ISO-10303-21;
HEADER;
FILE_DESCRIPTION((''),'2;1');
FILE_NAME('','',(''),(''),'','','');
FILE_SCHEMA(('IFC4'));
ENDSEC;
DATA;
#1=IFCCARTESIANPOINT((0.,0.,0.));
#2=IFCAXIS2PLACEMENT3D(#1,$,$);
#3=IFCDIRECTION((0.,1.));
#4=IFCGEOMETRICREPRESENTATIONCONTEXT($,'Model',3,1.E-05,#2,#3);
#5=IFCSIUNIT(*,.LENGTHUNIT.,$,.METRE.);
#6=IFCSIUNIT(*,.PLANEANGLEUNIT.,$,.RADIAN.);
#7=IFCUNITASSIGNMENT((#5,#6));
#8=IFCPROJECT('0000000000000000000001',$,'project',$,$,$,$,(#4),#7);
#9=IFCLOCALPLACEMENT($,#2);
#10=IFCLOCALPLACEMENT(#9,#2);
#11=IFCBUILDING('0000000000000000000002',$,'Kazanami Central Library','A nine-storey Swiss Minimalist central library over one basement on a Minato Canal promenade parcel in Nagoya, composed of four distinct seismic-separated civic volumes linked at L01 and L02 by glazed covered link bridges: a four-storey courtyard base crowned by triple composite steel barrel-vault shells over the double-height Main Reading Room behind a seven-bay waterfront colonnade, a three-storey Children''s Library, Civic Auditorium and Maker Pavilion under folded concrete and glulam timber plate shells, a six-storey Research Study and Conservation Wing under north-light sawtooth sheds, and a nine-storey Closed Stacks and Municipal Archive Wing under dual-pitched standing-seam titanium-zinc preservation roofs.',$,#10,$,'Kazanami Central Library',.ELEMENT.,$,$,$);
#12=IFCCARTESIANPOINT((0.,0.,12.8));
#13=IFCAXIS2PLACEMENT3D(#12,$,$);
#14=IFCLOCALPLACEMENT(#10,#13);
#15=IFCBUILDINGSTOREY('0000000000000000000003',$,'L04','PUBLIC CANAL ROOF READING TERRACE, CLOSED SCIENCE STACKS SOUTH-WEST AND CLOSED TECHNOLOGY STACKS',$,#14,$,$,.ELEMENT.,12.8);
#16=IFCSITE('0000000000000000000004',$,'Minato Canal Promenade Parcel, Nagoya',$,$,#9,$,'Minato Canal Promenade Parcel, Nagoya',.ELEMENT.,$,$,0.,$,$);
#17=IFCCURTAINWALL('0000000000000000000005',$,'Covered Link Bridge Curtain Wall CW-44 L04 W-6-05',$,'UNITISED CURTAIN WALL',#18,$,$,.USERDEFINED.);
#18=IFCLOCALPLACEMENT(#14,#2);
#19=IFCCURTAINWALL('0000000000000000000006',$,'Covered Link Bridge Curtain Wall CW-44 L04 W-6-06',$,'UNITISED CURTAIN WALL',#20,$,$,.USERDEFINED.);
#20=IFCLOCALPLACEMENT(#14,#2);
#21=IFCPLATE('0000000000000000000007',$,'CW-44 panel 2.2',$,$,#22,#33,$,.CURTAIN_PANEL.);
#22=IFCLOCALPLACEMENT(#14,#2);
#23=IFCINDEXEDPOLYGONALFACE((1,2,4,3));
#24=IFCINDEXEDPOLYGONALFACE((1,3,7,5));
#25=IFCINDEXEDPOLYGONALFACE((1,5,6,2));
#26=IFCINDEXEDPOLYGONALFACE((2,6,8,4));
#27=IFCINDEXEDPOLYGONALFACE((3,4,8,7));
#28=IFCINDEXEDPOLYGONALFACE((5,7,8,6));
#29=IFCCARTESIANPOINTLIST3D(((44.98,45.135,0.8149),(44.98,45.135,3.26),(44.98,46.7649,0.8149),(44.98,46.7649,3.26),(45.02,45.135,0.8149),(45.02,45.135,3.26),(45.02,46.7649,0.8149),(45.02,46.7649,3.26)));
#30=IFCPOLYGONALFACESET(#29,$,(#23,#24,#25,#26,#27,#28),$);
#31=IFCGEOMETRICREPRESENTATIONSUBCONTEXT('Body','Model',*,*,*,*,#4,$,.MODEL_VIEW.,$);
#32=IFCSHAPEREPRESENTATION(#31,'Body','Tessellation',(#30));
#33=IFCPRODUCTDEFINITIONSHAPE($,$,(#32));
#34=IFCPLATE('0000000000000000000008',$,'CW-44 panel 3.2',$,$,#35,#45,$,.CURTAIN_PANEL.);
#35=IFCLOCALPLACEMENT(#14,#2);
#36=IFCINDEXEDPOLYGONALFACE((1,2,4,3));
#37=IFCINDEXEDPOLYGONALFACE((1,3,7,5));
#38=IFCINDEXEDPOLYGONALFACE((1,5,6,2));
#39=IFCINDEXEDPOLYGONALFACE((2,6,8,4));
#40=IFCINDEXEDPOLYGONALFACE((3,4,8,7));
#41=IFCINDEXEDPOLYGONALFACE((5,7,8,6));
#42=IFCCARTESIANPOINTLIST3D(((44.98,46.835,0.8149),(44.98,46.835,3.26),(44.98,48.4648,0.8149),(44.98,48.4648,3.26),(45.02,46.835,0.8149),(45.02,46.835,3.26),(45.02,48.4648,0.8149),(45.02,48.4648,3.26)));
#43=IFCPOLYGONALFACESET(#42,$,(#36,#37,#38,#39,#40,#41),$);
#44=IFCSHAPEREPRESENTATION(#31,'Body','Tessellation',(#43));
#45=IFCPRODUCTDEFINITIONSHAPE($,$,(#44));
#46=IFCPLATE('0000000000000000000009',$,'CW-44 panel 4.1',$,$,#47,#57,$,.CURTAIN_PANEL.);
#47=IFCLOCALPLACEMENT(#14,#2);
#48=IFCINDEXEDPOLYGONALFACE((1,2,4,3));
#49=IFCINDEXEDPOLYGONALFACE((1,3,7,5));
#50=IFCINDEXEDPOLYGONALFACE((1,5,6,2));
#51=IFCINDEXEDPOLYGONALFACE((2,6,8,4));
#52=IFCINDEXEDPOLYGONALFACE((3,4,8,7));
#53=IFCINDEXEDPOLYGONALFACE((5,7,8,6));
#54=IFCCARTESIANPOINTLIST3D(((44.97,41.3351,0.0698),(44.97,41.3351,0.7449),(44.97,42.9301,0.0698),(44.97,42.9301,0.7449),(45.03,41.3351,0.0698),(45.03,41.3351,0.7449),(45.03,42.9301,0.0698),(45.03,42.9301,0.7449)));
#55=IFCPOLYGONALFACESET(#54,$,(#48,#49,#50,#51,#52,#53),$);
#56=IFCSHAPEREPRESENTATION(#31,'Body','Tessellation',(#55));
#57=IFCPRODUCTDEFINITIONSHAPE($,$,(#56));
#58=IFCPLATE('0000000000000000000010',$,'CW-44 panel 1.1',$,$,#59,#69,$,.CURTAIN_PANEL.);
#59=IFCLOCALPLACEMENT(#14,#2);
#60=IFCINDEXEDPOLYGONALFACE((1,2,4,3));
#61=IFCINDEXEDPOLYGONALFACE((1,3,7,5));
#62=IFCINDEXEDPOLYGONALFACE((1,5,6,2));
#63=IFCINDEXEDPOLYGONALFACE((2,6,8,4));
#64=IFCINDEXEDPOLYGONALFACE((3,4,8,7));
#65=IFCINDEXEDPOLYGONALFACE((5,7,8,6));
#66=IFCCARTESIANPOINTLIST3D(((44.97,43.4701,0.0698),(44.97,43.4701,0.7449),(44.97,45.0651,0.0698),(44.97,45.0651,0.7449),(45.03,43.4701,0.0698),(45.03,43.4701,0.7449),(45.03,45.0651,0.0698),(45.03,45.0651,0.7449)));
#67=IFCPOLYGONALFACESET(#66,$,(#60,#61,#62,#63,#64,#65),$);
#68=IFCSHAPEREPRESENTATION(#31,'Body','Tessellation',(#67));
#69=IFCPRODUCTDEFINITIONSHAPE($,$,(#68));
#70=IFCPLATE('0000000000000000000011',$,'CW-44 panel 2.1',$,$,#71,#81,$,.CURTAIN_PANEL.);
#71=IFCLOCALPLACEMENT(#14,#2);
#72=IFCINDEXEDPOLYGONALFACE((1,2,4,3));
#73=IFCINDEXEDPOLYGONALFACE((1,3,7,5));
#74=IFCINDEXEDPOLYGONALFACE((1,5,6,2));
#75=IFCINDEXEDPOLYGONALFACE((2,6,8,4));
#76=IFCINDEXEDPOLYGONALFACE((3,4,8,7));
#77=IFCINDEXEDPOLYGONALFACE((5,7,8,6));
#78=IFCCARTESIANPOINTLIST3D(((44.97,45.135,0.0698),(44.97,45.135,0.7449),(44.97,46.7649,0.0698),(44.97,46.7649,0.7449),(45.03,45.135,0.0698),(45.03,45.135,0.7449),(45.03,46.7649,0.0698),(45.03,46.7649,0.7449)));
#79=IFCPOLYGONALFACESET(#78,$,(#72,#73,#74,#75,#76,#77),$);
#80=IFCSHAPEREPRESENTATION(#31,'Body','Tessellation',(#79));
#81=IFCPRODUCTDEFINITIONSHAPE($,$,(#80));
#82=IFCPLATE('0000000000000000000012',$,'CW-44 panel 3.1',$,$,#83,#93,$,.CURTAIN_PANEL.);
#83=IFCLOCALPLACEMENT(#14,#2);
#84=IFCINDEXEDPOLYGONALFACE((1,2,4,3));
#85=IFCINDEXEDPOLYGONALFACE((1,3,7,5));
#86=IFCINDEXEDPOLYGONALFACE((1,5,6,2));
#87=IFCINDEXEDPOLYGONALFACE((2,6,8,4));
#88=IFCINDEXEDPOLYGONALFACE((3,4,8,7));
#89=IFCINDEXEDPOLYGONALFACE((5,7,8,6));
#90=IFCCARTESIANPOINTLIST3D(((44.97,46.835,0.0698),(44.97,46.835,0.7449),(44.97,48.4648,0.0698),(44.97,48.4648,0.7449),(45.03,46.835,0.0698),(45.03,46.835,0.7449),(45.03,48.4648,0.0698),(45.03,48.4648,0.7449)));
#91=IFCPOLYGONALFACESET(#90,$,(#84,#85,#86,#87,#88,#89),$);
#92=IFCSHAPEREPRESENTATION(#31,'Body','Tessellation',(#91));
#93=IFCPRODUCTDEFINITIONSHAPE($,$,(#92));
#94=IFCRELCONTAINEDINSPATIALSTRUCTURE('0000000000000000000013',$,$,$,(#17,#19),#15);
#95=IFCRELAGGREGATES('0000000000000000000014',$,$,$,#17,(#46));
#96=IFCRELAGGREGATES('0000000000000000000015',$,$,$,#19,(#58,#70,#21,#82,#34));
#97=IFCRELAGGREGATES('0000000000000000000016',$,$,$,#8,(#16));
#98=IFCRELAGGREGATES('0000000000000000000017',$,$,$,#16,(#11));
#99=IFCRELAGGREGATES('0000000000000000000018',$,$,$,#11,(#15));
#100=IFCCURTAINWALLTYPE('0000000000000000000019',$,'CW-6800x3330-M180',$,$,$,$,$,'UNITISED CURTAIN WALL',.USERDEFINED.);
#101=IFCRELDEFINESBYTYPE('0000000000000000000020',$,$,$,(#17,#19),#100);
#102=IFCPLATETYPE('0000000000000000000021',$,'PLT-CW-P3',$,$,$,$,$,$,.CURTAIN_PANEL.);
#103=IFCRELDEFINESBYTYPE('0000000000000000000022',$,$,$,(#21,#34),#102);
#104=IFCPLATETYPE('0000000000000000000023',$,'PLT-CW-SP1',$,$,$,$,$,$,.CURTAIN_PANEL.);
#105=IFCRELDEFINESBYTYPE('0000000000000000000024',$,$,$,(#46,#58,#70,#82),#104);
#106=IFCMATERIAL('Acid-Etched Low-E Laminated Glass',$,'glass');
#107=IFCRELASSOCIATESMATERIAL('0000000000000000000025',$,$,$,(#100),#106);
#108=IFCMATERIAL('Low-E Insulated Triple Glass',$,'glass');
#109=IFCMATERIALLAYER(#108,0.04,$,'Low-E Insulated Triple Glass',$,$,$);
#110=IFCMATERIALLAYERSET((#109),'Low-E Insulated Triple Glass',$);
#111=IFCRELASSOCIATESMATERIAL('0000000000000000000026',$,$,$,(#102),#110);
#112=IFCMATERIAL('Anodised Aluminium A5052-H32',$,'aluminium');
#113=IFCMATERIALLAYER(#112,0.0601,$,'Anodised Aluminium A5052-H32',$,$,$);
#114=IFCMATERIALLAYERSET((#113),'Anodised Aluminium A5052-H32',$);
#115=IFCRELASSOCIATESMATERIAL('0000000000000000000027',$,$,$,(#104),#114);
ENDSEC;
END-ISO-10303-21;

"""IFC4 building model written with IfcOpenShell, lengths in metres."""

from ifc_helpers import new_model, si_unit, direction, frame, origin, origin_2d, place, context, subcontext, project, spatial, rectangle, extrude, material, layer, layer_set, type_object, element, aggregate, save


model = new_model("IFC4")

# Units and contexts
model_context = context("Model", 3, precision=1e-05, world=origin(), true_north=direction((0.0, 1.0)))
body_context = subcontext(model_context, "Body", "Model", "MODEL_VIEW")
ifc_project = project(units=[si_unit("LENGTHUNIT", "METRE"), si_unit("PLANEANGLEUNIT", "RADIAN")], contexts=[model_context])

# Site, building, storey
site_placement = place(None, origin())
site = spatial("IfcSite", under=ifc_project, at=site_placement, Name="Minato Canal Promenade Parcel, Nagoya", LongName="Minato Canal Promenade Parcel, Nagoya", CompositionType="ELEMENT", RefElevation=0.0)
building_placement = place(site_placement, origin())
building = spatial("IfcBuilding", under=site, at=building_placement, Name="Kazanami Central Library", Description="A nine-storey Swiss Minimalist central library over one basement on a Minato Canal promenade parcel in Nagoya, composed of four distinct seismic-separated civic volumes linked at L01 and L02 by glazed covered link bridges: a four-storey courtyard base crowned by triple composite steel barrel-vault shells over the double-height Main Reading Room behind a seven-bay waterfront colonnade, a three-storey Children's Library, Civic Auditorium and Maker Pavilion under folded concrete and glulam timber plate shells, a six-storey Research Study and Conservation Wing under north-light sawtooth sheds, and a nine-storey Closed Stacks and Municipal Archive Wing under dual-pitched standing-seam titanium-zinc preservation roofs.", LongName="Kazanami Central Library", CompositionType="ELEMENT")
storey_placement = place(building_placement, frame((0.0, 0.0, 12.8)))
storey = spatial("IfcBuildingStorey", under=building, at=storey_placement, Name="L04", Description="PUBLIC CANAL ROOF READING TERRACE, CLOSED SCIENCE STACKS SOUTH-WEST AND CLOSED TECHNOLOGY STACKS", CompositionType="ELEMENT", Elevation=12.8)

# Curtain walls
ifc_material_1 = material(Name="Acid-Etched Low-E Laminated Glass", Category="glass")
curtain_wall_type = type_object("IfcCurtainWallType", Name="CW-6800x3330-M180", ElementType="UNITISED CURTAIN WALL", PredefinedType="USERDEFINED", material=ifc_material_1)
curtain_wall_1_placement = place(storey_placement, origin())
curtain_wall_1 = element("IfcCurtainWall", 1, at=curtain_wall_1_placement, inside=storey, type_object=curtain_wall_type, Name="Covered Link Bridge Curtain Wall CW-44 L04 W-6-05", ObjectType="UNITISED CURTAIN WALL", PredefinedType="USERDEFINED")
curtain_wall_2_placement = place(storey_placement, origin())
curtain_wall_2 = element("IfcCurtainWall", 2, at=curtain_wall_2_placement, inside=storey, type_object=curtain_wall_type, Name="Covered Link Bridge Curtain Wall CW-44 L04 W-6-06", ObjectType="UNITISED CURTAIN WALL", PredefinedType="USERDEFINED")

# Plates
ifc_material_2 = material(Name="Low-E Insulated Triple Glass", Category="glass")
ifc_layer_1 = layer(ifc_material_2, 0.04, Name="Low-E Insulated Triple Glass")
ifc_layer_set_1 = layer_set([ifc_layer_1], Name="Low-E Insulated Triple Glass")
plate_type_1 = type_object("IfcPlateType", Name="PLT-CW-P3", PredefinedType="CURTAIN_PANEL", material=ifc_layer_set_1)
plate_1_placement = place(storey_placement, frame((45.0, 45.95, 0.8149), z_axis=(0.0, 0.0, 1.0), x_axis=(0.0, 1.0, 0.0)))
plate_1 = element("IfcPlate", 3, at=plate_1_placement, type_object=plate_type_1, Name="CW-44 panel 2.2", PredefinedType="CURTAIN_PANEL", context=body_context, shape_type="SweptSolid", body=[
    extrude(rectangle(XDim=1.6299, YDim=0.04, at=origin_2d()), origin(), (0.0, 0.0, 1.0), 2.4451),
])
plate_2_placement = place(storey_placement, frame((45.0, 47.6499, 0.8149), z_axis=(0.0, 0.0, 1.0), x_axis=(0.0, 1.0, 0.0)))
plate_2 = element("IfcPlate", 4, at=plate_2_placement, type_object=plate_type_1, Name="CW-44 panel 3.2", PredefinedType="CURTAIN_PANEL", context=body_context, shape_type="SweptSolid", body=[
    extrude(rectangle(XDim=1.6299, YDim=0.04, at=origin_2d()), origin(), (0.0, 0.0, 1.0), 2.4451),
])
ifc_material_3 = material(Name="Anodised Aluminium A5052-H32", Category="aluminium")
ifc_layer_2 = layer(ifc_material_3, 0.0601, Name="Anodised Aluminium A5052-H32")
ifc_layer_set_2 = layer_set([ifc_layer_2], Name="Anodised Aluminium A5052-H32")
plate_type_2 = type_object("IfcPlateType", Name="PLT-CW-SP1", PredefinedType="CURTAIN_PANEL", material=ifc_layer_set_2)
plate_3_placement = place(storey_placement, frame((45.0, 42.1326, 0.0698), z_axis=(0.0, 0.0, 1.0), x_axis=(0.0, 1.0, 0.0)))
plate_3 = element("IfcPlate", 5, at=plate_3_placement, type_object=plate_type_2, Name="CW-44 panel 4.1", PredefinedType="CURTAIN_PANEL", context=body_context, shape_type="SweptSolid", body=[
    extrude(rectangle(XDim=1.595, YDim=0.0601, at=origin_2d()), origin(), (0.0, 0.0, 1.0), 0.675),
])
aggregate(curtain_wall_1, [plate_3])
plate_4_placement = place(storey_placement, frame((45.0, 44.2676, 0.0698), z_axis=(0.0, 0.0, 1.0), x_axis=(0.0, 1.0, 0.0)))
plate_4 = element("IfcPlate", 6, at=plate_4_placement, type_object=plate_type_2, Name="CW-44 panel 1.1", PredefinedType="CURTAIN_PANEL", context=body_context, shape_type="SweptSolid", body=[
    extrude(rectangle(XDim=1.595, YDim=0.0601, at=origin_2d()), origin(), (0.0, 0.0, 1.0), 0.675),
])
plate_5_placement = place(storey_placement, frame((45.0, 45.95, 0.0698), z_axis=(0.0, 0.0, 1.0), x_axis=(0.0, 1.0, 0.0)))
plate_5 = element("IfcPlate", 7, at=plate_5_placement, type_object=plate_type_2, Name="CW-44 panel 2.1", PredefinedType="CURTAIN_PANEL", context=body_context, shape_type="SweptSolid", body=[
    extrude(rectangle(XDim=1.6299, YDim=0.0601, at=origin_2d()), origin(), (0.0, 0.0, 1.0), 0.675),
])
plate_6_placement = place(storey_placement, frame((45.0, 47.6499, 0.0698), z_axis=(0.0, 0.0, 1.0), x_axis=(0.0, 1.0, 0.0)))
plate_6 = element("IfcPlate", 8, at=plate_6_placement, type_object=plate_type_2, Name="CW-44 panel 3.1", PredefinedType="CURTAIN_PANEL", context=body_context, shape_type="SweptSolid", body=[
    extrude(rectangle(XDim=1.6299, YDim=0.0601, at=origin_2d()), origin(), (0.0, 0.0, 1.0), 0.675),
])
aggregate(curtain_wall_2, [plate_4, plate_5, plate_1, plate_6, plate_2])

save(model, "model.ifc")
